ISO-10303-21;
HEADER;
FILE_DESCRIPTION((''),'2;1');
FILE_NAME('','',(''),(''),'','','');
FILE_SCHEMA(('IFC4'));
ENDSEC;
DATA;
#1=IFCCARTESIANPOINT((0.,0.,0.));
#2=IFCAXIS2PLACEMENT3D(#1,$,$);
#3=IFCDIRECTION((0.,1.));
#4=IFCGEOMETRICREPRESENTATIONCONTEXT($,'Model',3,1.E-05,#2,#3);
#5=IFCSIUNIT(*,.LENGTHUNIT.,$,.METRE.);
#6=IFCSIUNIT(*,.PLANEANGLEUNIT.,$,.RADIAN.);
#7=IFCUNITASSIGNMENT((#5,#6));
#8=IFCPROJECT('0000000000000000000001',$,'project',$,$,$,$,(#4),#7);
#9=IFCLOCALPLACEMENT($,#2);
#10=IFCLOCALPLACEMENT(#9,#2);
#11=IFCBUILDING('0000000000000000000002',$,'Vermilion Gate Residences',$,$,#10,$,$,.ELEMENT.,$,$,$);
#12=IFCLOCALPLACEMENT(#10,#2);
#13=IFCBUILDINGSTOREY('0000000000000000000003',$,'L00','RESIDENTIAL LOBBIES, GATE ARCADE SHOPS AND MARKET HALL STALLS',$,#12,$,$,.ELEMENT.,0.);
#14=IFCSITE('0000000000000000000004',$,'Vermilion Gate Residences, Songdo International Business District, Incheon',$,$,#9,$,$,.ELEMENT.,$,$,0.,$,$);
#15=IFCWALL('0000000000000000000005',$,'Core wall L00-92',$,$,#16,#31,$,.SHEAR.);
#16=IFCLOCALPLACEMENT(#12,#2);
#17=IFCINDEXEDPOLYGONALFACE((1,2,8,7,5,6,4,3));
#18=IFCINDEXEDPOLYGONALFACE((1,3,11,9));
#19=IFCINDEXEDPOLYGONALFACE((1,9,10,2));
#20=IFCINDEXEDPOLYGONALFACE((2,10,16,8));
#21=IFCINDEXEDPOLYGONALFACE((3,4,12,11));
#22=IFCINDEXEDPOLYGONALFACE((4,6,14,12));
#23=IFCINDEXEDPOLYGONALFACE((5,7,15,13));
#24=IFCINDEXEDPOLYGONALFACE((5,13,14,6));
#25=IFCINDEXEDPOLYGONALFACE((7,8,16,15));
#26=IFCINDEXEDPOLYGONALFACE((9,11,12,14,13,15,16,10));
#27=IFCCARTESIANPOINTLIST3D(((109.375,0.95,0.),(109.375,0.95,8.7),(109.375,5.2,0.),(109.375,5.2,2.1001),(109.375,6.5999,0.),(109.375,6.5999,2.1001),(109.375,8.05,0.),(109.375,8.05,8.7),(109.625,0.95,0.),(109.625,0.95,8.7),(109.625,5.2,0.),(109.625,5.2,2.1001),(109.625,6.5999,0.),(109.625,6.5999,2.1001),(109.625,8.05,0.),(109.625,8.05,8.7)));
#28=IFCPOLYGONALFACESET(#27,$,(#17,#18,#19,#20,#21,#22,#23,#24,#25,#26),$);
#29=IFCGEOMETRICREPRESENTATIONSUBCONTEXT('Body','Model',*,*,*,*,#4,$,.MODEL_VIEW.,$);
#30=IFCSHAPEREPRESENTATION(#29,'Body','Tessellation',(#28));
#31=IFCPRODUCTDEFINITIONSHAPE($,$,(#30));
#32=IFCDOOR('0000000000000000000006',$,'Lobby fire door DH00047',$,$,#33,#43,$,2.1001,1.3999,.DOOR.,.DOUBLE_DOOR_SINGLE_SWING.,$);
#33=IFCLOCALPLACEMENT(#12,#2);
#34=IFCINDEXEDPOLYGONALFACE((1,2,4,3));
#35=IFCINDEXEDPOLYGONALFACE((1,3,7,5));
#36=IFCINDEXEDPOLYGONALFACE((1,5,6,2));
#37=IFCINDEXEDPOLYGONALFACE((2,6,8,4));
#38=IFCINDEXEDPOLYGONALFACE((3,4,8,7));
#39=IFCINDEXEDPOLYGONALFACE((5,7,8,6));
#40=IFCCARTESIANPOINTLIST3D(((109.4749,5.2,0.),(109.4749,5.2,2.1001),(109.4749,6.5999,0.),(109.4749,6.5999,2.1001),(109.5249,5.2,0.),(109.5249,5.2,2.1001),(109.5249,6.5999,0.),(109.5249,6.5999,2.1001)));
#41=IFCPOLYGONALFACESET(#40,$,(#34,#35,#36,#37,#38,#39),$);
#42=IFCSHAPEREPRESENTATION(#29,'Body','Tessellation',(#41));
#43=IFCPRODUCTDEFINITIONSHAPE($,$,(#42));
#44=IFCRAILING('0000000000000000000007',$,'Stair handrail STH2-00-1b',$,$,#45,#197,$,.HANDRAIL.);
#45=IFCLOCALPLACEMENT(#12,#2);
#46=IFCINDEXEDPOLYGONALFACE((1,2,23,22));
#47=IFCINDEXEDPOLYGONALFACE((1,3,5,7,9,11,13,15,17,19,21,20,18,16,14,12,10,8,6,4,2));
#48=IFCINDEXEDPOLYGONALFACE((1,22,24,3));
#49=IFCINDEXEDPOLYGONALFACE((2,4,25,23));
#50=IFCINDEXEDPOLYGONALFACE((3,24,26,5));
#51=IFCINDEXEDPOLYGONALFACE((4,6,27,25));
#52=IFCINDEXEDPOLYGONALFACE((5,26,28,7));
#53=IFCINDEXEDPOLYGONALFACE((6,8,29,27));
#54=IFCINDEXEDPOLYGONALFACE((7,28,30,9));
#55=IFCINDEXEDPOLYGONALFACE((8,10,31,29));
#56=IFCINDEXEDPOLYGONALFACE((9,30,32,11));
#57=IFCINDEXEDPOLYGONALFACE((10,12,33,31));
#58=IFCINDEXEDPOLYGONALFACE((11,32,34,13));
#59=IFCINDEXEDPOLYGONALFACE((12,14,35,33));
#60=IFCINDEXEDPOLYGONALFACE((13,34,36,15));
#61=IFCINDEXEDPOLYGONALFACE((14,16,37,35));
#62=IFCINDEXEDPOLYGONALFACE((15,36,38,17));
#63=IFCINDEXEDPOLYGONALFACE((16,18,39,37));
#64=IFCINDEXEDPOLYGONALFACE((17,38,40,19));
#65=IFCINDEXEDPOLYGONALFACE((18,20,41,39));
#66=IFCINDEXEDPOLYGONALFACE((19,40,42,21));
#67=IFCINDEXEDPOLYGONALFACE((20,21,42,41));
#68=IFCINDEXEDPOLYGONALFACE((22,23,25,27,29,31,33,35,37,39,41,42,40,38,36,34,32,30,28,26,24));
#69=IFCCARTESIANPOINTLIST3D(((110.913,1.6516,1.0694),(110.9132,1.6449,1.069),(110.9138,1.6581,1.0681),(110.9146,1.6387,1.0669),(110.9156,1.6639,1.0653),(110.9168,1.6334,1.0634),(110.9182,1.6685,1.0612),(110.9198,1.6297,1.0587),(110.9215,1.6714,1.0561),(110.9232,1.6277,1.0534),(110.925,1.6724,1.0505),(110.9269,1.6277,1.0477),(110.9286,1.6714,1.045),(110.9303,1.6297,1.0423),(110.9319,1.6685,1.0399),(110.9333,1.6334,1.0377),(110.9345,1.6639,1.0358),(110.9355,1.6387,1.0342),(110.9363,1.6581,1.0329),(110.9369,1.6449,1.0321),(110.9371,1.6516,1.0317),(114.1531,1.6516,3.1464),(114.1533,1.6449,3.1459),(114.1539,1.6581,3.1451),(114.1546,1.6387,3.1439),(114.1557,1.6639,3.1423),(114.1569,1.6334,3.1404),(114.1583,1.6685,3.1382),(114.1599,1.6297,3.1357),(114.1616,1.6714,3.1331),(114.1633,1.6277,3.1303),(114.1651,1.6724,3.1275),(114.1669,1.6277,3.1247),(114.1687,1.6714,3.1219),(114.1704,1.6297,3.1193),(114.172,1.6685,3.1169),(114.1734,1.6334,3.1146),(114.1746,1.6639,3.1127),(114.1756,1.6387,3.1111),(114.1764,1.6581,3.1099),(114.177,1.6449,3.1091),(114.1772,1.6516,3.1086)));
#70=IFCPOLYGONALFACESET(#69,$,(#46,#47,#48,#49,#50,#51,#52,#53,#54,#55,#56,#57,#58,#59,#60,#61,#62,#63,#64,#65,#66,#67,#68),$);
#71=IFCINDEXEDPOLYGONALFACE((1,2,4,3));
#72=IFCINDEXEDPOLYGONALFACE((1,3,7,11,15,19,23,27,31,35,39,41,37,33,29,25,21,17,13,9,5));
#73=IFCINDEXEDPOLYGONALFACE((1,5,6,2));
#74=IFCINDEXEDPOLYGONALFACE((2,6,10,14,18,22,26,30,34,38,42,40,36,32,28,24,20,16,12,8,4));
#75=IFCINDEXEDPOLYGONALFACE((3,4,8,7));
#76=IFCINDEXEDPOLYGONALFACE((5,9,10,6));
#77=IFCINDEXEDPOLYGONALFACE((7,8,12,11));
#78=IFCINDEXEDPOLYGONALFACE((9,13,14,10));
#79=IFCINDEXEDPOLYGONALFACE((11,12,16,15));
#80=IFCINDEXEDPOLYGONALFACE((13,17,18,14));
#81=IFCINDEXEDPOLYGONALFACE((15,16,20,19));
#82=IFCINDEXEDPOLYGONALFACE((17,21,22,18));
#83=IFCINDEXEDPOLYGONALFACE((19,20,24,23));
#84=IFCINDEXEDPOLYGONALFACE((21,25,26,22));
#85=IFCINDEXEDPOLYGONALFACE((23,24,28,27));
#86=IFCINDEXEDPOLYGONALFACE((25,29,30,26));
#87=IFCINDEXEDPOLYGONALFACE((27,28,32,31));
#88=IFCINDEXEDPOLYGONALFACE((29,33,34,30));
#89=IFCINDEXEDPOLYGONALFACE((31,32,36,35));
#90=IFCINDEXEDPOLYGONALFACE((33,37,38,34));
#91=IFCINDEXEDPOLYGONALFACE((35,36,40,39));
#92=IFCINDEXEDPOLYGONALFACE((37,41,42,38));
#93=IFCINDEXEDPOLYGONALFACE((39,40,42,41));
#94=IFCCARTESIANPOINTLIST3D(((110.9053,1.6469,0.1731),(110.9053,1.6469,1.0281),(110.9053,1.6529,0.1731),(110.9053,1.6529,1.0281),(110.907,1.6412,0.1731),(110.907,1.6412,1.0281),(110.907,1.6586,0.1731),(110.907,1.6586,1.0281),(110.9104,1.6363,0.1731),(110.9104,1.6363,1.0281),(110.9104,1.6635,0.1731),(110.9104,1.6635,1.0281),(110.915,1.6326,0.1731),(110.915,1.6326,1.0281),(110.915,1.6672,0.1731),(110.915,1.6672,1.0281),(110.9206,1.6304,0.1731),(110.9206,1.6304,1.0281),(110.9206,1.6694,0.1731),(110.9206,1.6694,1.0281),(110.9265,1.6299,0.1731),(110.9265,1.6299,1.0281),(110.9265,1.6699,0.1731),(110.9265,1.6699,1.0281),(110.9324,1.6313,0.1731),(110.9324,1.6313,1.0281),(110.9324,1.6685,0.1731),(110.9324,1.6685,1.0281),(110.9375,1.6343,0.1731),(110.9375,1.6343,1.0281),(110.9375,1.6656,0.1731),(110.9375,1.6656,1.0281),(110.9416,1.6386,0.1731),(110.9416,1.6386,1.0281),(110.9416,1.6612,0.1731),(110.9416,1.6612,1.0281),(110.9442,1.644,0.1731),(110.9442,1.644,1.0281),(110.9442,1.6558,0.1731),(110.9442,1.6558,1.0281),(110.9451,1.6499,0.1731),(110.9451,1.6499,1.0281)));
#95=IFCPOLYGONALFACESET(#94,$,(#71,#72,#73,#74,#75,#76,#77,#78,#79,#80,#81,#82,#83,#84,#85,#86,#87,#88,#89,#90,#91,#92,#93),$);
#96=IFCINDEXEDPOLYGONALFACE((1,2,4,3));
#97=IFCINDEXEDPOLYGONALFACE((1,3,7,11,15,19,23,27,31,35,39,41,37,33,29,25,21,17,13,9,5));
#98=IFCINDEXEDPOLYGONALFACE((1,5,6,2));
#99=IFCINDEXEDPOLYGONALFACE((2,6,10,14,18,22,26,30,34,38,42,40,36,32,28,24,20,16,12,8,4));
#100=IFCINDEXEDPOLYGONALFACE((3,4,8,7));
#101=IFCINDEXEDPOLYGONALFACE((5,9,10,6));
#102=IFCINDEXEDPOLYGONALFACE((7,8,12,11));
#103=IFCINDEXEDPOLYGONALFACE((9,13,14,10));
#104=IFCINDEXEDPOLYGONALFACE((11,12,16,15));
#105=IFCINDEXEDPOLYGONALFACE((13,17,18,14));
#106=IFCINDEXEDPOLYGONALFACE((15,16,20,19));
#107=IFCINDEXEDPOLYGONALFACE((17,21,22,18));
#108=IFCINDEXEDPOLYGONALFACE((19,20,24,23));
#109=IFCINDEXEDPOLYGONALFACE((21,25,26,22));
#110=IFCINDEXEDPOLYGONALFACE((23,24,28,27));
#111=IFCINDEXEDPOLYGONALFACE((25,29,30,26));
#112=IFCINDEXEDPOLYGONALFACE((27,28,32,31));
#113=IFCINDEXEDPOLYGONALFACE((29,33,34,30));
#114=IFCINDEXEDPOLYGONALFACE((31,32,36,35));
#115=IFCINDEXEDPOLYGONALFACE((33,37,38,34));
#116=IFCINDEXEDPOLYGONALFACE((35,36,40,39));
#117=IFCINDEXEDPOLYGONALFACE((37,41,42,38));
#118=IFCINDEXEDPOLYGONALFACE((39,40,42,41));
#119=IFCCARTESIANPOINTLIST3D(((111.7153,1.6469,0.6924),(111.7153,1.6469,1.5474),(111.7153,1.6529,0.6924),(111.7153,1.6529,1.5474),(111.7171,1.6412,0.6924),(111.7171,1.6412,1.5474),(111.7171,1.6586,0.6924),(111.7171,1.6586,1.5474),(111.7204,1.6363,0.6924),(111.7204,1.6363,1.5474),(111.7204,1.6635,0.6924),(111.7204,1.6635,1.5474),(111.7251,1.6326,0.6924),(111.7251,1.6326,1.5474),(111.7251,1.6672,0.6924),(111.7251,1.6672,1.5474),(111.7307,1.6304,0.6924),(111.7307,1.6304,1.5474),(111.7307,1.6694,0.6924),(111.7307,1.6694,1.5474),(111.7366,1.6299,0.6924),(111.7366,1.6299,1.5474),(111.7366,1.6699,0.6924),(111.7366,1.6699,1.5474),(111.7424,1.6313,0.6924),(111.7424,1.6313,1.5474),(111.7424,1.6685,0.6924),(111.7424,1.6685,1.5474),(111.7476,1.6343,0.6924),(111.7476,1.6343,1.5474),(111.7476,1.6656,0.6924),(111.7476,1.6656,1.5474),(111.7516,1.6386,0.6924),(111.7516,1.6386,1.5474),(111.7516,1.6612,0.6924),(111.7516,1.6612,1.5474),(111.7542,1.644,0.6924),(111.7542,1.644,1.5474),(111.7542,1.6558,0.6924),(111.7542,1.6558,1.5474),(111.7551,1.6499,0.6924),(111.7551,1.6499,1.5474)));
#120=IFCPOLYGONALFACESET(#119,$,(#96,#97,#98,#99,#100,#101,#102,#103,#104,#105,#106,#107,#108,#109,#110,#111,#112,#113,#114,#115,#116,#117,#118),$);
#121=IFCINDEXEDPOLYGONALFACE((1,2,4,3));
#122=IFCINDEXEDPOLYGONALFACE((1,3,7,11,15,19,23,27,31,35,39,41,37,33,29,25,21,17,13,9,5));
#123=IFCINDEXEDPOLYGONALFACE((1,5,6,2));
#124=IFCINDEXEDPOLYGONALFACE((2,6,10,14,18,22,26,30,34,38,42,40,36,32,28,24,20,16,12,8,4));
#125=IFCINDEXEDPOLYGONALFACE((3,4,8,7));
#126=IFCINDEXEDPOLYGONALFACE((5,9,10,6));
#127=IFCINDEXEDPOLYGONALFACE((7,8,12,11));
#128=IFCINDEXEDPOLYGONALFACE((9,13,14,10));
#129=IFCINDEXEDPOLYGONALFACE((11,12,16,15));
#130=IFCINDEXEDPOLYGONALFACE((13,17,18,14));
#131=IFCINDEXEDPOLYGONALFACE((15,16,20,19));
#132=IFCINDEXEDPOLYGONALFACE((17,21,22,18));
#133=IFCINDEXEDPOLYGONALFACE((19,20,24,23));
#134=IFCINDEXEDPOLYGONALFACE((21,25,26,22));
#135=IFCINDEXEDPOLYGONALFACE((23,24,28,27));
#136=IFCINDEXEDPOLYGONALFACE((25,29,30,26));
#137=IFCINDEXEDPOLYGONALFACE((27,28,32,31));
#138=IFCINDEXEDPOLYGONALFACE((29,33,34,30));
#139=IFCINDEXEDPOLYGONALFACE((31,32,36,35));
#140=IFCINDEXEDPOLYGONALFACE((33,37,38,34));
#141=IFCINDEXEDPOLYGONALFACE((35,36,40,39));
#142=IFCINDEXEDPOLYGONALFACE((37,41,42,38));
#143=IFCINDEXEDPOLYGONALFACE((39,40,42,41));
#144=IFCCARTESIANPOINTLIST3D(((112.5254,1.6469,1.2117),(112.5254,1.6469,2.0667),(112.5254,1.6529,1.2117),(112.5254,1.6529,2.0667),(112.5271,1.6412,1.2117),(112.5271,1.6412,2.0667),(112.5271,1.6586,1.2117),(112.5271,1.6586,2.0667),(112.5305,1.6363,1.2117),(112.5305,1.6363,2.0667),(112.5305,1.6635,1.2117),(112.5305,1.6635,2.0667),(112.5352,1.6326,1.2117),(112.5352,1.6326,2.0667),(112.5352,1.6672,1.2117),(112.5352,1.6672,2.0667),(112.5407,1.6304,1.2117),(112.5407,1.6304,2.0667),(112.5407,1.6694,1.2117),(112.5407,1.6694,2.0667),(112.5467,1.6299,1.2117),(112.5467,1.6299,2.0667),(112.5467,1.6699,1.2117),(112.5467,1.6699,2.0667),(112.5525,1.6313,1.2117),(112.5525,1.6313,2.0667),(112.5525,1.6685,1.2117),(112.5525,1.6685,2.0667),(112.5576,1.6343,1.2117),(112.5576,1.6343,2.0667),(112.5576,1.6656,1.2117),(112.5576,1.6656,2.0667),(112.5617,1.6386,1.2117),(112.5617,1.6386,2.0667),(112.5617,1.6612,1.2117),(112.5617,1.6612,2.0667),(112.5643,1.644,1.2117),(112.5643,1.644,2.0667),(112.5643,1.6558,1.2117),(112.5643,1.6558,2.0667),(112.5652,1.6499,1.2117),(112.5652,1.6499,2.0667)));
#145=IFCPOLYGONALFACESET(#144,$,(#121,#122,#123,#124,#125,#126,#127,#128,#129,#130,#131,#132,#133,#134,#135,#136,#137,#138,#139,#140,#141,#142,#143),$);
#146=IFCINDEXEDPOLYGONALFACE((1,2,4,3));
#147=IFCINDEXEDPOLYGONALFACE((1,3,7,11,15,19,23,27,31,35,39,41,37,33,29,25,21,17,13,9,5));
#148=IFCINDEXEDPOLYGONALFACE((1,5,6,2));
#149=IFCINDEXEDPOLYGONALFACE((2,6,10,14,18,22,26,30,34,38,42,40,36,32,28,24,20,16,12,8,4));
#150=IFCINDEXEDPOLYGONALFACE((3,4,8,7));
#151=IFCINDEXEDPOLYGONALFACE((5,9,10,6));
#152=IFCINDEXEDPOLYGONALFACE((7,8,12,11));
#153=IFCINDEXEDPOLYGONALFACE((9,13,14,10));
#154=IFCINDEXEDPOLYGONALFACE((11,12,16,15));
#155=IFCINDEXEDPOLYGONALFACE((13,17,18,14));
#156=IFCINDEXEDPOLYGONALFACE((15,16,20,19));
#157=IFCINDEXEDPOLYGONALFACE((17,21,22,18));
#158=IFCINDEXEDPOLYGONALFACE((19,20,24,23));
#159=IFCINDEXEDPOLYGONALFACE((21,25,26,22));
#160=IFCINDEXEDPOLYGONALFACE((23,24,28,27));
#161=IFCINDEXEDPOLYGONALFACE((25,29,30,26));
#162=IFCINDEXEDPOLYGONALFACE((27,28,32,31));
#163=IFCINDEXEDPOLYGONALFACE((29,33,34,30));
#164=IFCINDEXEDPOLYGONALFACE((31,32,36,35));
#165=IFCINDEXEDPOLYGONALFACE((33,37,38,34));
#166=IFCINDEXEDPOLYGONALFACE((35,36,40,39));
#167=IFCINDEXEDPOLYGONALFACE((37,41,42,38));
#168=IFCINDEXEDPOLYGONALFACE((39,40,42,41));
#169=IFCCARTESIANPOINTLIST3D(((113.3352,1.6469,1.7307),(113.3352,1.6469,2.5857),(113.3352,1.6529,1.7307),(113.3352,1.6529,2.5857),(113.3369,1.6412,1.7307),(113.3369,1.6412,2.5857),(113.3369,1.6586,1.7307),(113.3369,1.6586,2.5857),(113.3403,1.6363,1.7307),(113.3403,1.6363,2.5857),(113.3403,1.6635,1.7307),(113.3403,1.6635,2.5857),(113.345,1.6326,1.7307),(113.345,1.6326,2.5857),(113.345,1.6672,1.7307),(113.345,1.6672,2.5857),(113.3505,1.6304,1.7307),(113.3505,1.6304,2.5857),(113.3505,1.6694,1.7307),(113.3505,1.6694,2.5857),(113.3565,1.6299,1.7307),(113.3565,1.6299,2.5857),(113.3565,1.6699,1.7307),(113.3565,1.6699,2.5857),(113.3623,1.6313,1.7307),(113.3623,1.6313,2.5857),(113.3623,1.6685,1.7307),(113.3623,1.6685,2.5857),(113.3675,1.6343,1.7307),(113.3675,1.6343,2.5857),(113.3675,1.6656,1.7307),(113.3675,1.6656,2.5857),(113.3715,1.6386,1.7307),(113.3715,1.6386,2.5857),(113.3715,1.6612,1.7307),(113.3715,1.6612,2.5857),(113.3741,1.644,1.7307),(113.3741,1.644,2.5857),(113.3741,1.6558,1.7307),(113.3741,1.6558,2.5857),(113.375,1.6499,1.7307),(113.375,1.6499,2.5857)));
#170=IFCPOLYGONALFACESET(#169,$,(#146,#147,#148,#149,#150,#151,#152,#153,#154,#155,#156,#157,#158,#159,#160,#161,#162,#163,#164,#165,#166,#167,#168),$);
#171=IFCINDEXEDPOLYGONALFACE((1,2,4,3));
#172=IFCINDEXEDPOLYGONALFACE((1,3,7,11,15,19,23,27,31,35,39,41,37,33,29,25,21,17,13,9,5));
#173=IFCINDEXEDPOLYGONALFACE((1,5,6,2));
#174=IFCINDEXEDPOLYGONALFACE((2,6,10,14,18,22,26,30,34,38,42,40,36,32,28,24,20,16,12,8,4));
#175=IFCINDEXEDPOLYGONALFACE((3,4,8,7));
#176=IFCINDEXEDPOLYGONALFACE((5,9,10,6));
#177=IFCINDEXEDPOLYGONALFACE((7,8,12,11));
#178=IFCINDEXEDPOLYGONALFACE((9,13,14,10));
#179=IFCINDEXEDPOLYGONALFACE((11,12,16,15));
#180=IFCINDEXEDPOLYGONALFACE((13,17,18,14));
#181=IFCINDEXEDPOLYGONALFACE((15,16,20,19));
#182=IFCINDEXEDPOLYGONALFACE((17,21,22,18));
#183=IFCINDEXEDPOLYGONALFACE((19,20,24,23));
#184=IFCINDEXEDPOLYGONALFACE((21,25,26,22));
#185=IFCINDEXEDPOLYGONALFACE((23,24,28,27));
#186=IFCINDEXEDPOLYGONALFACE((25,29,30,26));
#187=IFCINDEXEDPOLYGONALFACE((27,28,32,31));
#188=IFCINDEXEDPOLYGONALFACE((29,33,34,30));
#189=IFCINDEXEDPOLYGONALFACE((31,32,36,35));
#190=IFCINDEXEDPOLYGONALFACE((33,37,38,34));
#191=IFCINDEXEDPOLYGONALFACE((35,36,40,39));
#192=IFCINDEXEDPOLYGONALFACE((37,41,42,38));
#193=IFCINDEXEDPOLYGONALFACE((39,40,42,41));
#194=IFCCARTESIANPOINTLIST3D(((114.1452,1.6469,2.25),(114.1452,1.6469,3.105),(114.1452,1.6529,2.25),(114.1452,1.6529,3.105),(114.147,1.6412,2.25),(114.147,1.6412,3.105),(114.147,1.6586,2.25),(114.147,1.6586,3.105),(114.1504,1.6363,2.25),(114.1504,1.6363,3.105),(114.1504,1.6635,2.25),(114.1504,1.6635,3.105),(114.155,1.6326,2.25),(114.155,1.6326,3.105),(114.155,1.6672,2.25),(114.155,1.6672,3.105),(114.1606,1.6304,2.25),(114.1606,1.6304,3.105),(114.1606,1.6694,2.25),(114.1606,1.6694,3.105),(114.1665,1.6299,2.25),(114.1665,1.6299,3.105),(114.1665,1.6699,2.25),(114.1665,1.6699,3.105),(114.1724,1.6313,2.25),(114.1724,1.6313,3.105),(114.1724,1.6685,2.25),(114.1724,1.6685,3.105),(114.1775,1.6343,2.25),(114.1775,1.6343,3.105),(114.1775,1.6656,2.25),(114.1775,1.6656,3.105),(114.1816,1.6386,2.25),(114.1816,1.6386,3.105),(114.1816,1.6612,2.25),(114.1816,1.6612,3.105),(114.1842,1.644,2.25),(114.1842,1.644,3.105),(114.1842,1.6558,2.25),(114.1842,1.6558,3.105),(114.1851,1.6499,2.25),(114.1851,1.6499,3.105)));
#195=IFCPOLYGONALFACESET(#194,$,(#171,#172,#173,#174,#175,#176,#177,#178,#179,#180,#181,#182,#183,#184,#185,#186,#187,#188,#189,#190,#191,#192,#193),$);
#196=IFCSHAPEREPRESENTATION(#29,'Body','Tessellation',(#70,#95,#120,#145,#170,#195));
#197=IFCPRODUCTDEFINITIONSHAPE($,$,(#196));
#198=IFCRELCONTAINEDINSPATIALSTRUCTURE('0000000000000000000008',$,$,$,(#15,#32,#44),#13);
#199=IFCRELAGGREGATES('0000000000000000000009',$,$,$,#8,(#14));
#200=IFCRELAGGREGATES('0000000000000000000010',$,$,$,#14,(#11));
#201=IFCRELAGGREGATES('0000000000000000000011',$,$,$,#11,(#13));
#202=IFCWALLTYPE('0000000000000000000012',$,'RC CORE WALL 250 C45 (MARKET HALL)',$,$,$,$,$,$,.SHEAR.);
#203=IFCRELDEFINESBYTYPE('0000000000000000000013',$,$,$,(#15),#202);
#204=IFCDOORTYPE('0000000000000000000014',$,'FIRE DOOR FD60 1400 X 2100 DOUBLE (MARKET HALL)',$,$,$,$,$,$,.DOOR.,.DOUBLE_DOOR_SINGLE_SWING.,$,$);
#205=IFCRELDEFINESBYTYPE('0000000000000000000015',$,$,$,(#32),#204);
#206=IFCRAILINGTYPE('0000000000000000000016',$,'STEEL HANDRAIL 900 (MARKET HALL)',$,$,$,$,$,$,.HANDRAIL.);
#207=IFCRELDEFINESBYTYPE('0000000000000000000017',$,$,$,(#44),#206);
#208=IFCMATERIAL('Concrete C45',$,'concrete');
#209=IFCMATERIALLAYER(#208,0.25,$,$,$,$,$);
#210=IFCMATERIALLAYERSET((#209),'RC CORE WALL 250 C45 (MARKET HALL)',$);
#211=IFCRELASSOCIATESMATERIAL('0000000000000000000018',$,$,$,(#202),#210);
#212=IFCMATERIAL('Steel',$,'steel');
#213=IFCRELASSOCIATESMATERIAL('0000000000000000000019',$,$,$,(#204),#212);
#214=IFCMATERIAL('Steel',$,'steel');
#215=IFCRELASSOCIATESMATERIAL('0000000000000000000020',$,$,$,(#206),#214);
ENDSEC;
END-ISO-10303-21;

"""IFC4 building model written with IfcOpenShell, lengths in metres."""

from ifc_helpers import new_model, si_unit, direction, frame, frame_2d, origin, origin_2d, place, context, subcontext, project, spatial, rectangle, circle, extrude, material, layer, layer_set, type_object, element, fill, save


model = new_model("IFC4")

# Units and contexts
model_context = context("Model", 3, precision=1e-05, world=origin(), true_north=direction((0.0, 1.0)))
body_context = subcontext(model_context, "Body", "Model", "MODEL_VIEW")
ifc_project = project(units=[si_unit("LENGTHUNIT", "METRE"), si_unit("PLANEANGLEUNIT", "RADIAN")], contexts=[model_context])

# Site, building, storey
site_placement = place(None, origin())
site = spatial("IfcSite", under=ifc_project, at=site_placement, Name="Vermilion Gate Residences, Songdo International Business District, Incheon", CompositionType="ELEMENT", RefElevation=0.0)
building_placement = place(site_placement, origin())
building = spatial("IfcBuilding", under=site, at=building_placement, Name="Vermilion Gate Residences", CompositionType="ELEMENT")
storey_placement = place(building_placement, origin())
storey = spatial("IfcBuildingStorey", under=building, at=storey_placement, Name="L00", Description="RESIDENTIAL LOBBIES, GATE ARCADE SHOPS AND MARKET HALL STALLS", CompositionType="ELEMENT", Elevation=0.0)

# Wall, opening, door
ifc_material_1 = material(Name="Concrete C45", Category="concrete")
ifc_layer_1 = layer(ifc_material_1, 0.25)
ifc_layer_set_1 = layer_set([ifc_layer_1], Name="RC CORE WALL 250 C45 (MARKET HALL)")
wall_type = type_object("IfcWallType", Name="RC CORE WALL 250 C45 (MARKET HALL)", PredefinedType="SHEAR", material=ifc_layer_set_1)
wall_1_placement = place(storey_placement, frame((109.5, 0.95, 0.0), z_axis=(0.0, 0.0, 1.0), x_axis=(0.0, 1.0, 0.0)))
wall_1 = element("IfcWall", 1, at=wall_1_placement, inside=storey, type_object=wall_type, Name="Core wall L00-92", PredefinedType="SHEAR", context=body_context, shape_type="SweptSolid", body=[
    extrude(rectangle(XDim=7.1001, YDim=0.25, at=frame_2d((3.55, 0.0))), origin(), (0.0, 0.0, 1.0), 8.7),
])
opening_1_placement = place(wall_1_placement, frame((4.25, 0.0, 0.0)))
opening_1 = element("IfcOpeningElement", 2, at=opening_1_placement, cuts=wall_1, PredefinedType="OPENING", context=body_context, shape_type="SweptSolid", body=[
    extrude(rectangle(XDim=1.3999, YDim=2.1001, at=frame_2d((0.7, 1.05))), frame((0.0, 0.135, 0.0), z_axis=(0.0, -1.0, 0.0), x_axis=(1.0, 0.0, 0.0)), (0.0, 0.0, 1.0), 0.27),
])
ifc_material_2 = material(Name="Steel", Category="steel")
door_type_1 = type_object("IfcDoorType", Name="FIRE DOOR FD60 1400 X 2100 DOUBLE (MARKET HALL)", OperationType="DOUBLE_DOOR_SINGLE_SWING", PredefinedType="DOOR", material=ifc_material_2)
door_1_placement = place(opening_1_placement, frame((1.3999, 0.0, 0.0), z_axis=(0.0, 0.0, 1.0), x_axis=(-1.0, 0.0, 0.0)))
door_1 = element("IfcDoor", 3, at=door_1_placement, inside=storey, type_object=door_type_1, Name="Lobby fire door DH00047", OperationType="DOUBLE_DOOR_SINGLE_SWING", OverallHeight=2.1001, OverallWidth=1.3999, PredefinedType="DOOR", context=body_context, shape_type="SweptSolid", body=[
    extrude(rectangle(XDim=1.3999, YDim=2.1001, at=frame_2d((0.7, 1.05))), frame((0.0, 0.0249, 0.0), z_axis=(0.0, -1.0, 0.0), x_axis=(1.0, 0.0, 0.0)), (0.0, 0.0, 1.0), 0.05),
])
fill(opening_1, door_1)

# Railing
ifc_material_3 = material(Name="Steel", Category="steel")
railing_type = type_object("IfcRailingType", Name="STEEL HANDRAIL 900 (MARKET HALL)", PredefinedType="HANDRAIL", material=ifc_material_3)
for number, where, name in (
    (4, (110.925, 1.6499, 0.1731), "Stair handrail STH2-00-1b"),
):
    element("IfcRailing", number, at=place(storey_placement, frame(where)), inside=storey, type_object=railing_type, Name=name, PredefinedType="HANDRAIL", context=body_context, shape_type="SweptSolid", body=[
        extrude(circle(Radius=0.0225, at=origin_2d()), frame((0.0, 0.0, 0.8774), z_axis=(0.841881, 0.0, 0.539664), x_axis=(0.0, 1.0, 0.0)), (0.0, 0.0, 1.0), 3.8486),
        extrude(circle(Radius=0.02, at=origin_2d()), origin(), (0.0, 0.0, 1.0), 0.855),
        extrude(circle(Radius=0.02, at=origin_2d()), frame((0.8101, 0.0, 0.5193)), (0.0, 0.0, 1.0), 0.855),
        extrude(circle(Radius=0.02, at=origin_2d()), frame((1.6201, 0.0, 1.0386)), (0.0, 0.0, 1.0), 0.855),
        extrude(circle(Radius=0.02, at=origin_2d()), frame((2.4299, 0.0, 1.5576)), (0.0, 0.0, 1.0), 0.855),
        extrude(circle(Radius=0.02, at=origin_2d()), frame((3.24, 0.0, 2.0769)), (0.0, 0.0, 1.0), 0.855),
    ])

save(model, "model.ifc")
